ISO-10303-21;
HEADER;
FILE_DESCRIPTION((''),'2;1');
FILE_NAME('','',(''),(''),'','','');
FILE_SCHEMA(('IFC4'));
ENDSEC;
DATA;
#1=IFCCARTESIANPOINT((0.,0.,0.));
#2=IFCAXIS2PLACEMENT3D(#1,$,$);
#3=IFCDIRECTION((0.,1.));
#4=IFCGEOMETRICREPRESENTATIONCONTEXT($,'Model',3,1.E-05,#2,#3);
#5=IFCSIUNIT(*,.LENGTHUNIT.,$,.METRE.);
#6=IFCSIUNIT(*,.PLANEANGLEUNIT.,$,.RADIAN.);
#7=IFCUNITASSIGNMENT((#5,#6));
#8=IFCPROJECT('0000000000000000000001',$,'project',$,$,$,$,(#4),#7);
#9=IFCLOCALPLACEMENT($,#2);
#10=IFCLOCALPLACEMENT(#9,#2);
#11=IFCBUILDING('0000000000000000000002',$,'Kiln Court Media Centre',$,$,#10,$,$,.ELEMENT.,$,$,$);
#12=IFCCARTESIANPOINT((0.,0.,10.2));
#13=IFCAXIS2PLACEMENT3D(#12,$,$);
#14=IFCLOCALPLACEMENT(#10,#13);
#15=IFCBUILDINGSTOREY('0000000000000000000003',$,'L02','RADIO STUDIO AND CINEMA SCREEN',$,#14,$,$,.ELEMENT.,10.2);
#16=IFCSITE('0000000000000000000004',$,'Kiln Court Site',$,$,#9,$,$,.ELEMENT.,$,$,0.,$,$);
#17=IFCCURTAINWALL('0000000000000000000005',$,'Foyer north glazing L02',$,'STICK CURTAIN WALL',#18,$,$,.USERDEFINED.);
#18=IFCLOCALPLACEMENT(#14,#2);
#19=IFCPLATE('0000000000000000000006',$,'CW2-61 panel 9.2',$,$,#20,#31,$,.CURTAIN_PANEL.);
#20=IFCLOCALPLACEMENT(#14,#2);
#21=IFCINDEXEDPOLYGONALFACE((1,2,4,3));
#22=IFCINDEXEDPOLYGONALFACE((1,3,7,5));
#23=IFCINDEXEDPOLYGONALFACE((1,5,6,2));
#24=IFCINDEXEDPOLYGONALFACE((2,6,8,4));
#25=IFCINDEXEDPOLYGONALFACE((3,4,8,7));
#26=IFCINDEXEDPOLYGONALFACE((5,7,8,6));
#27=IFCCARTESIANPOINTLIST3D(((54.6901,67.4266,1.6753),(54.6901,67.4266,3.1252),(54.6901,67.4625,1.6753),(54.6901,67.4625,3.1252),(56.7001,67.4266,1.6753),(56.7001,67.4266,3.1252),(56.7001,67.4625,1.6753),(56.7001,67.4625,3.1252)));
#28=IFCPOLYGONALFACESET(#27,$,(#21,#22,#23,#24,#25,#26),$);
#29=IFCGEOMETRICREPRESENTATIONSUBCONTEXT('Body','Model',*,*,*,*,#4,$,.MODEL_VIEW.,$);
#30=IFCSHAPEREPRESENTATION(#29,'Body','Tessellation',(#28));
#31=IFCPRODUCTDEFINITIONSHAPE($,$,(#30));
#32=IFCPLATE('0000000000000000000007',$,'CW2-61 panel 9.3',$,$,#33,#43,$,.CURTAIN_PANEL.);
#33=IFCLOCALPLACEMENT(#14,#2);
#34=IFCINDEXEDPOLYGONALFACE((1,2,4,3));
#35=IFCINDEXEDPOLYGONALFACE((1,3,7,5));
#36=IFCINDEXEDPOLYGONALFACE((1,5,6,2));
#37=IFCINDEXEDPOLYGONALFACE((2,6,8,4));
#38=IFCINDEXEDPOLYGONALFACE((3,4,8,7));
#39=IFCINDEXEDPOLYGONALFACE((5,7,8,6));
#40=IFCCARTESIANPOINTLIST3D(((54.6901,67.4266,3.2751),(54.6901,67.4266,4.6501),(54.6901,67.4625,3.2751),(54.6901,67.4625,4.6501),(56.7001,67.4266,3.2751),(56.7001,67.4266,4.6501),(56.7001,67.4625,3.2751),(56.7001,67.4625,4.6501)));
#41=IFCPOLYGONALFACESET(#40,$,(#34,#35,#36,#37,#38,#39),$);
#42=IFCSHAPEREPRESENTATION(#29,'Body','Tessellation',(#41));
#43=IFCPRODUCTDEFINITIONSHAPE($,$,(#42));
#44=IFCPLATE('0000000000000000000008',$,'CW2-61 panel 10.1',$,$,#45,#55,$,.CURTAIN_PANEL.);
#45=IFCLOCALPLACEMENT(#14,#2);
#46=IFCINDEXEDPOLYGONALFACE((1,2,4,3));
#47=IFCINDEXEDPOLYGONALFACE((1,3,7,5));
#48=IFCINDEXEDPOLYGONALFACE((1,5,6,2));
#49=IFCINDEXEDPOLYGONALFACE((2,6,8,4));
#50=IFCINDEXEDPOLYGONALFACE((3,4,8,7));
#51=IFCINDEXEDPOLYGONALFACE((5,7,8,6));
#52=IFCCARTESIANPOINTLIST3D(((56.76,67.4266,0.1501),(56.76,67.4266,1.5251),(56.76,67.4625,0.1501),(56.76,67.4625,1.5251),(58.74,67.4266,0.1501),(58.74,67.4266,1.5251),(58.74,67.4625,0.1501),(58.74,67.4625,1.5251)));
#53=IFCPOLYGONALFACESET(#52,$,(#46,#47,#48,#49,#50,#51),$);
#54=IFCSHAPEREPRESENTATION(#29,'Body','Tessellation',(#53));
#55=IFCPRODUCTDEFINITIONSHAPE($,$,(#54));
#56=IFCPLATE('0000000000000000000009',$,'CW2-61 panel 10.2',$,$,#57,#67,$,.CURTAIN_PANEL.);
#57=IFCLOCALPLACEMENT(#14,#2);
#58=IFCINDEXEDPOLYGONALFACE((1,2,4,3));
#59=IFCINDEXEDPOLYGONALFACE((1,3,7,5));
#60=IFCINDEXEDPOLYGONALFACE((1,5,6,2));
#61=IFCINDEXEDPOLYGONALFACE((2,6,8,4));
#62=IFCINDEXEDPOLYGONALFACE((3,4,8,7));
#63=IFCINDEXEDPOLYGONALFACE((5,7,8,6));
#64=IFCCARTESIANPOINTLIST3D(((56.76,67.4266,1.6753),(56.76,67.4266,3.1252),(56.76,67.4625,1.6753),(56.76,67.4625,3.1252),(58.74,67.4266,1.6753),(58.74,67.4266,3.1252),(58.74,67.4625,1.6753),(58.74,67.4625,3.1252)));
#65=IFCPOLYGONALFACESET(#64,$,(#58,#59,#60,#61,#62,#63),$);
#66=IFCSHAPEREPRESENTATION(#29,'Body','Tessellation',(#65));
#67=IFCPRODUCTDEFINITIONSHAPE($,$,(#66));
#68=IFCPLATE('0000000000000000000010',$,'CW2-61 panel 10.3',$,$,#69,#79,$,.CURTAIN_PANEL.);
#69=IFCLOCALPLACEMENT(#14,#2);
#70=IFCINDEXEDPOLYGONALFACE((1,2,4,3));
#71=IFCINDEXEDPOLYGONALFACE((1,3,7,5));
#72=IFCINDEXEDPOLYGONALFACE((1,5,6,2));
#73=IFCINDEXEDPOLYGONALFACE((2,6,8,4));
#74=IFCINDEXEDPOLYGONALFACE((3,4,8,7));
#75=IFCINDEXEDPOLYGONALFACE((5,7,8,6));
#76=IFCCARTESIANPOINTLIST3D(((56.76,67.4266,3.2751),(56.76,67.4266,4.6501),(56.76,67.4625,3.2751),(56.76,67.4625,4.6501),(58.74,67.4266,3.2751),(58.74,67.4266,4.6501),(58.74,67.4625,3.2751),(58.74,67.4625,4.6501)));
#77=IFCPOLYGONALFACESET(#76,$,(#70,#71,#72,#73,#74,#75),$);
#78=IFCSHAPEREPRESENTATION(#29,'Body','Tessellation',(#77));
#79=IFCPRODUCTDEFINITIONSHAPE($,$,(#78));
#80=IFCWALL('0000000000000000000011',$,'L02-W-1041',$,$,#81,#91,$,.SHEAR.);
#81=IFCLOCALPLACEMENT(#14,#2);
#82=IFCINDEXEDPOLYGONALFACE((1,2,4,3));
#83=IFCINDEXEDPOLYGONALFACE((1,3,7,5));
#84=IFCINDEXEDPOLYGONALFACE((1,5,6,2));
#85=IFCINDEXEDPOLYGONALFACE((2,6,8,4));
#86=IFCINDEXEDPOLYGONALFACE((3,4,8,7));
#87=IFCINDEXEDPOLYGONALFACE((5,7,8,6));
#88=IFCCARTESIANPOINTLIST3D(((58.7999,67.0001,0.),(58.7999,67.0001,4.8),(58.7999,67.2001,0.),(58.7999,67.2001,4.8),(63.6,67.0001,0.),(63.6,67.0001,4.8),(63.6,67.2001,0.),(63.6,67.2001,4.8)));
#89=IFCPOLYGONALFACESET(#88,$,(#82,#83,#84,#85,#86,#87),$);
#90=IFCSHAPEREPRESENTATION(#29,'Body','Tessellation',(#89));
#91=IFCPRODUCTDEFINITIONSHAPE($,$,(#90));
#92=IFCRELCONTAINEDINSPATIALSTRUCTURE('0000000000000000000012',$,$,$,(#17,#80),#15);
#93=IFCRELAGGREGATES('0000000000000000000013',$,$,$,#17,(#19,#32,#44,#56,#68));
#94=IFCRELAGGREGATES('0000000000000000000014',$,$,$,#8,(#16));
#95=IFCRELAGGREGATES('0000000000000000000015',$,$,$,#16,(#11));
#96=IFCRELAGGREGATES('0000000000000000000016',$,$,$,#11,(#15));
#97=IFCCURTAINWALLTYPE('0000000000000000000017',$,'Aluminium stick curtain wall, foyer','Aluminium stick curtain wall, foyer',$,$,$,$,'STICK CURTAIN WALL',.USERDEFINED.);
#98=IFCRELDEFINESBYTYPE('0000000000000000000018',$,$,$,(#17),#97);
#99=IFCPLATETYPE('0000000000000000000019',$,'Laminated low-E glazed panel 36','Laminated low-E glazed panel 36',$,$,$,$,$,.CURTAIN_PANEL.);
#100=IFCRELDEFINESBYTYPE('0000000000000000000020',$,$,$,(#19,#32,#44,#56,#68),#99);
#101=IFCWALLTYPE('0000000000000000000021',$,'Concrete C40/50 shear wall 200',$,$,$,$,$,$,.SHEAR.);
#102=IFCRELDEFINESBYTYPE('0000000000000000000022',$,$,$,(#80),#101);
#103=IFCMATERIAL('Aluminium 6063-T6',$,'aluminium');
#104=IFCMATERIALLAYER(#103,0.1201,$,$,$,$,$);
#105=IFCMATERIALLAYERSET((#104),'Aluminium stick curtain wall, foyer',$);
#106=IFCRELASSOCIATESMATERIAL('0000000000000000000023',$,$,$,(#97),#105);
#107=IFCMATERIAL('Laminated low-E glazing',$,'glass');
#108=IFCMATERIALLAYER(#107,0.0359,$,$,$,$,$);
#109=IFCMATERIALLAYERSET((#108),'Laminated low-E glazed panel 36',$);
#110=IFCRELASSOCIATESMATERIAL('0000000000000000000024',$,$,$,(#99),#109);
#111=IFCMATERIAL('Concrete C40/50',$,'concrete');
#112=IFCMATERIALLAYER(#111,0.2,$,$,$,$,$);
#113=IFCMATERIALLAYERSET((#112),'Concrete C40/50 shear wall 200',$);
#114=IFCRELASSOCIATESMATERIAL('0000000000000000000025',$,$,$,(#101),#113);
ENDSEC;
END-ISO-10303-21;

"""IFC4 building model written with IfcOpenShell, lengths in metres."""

from ifc_helpers import new_model, si_unit, direction, frame, frame_2d, origin, origin_2d, place, context, subcontext, project, spatial, rectangle, extrude, material, layer, layer_set, type_object, element, aggregate, save


model = new_model("IFC4")

# Units and contexts
model_context = context("Model", 3, precision=1e-05, world=origin(), true_north=direction((0.0, 1.0)))
body_context = subcontext(model_context, "Body", "Model", "MODEL_VIEW")
ifc_project = project(units=[si_unit("LENGTHUNIT", "METRE"), si_unit("PLANEANGLEUNIT", "RADIAN")], contexts=[model_context])

# Site, building, storey
site_placement = place(None, origin())
site = spatial("IfcSite", under=ifc_project, at=site_placement, Name="Kiln Court Site", CompositionType="ELEMENT", RefElevation=0.0)
building_placement = place(site_placement, origin())
building = spatial("IfcBuilding", under=site, at=building_placement, Name="Kiln Court Media Centre", CompositionType="ELEMENT")
storey_placement = place(building_placement, frame((0.0, 0.0, 10.2)))
storey = spatial("IfcBuildingStorey", under=building, at=storey_placement, Name="L02", Description="RADIO STUDIO AND CINEMA SCREEN", CompositionType="ELEMENT", Elevation=10.2)

# Curtain wall
ifc_material_1 = material(Name="Aluminium 6063-T6", Category="aluminium")
ifc_layer_1 = layer(ifc_material_1, 0.1201)
ifc_layer_set_1 = layer_set([ifc_layer_1], Name="Aluminium stick curtain wall, foyer")
curtain_wall_type = type_object("IfcCurtainWallType", Name="Aluminium stick curtain wall, foyer", Description="Aluminium stick curtain wall, foyer", ElementType="STICK CURTAIN WALL", PredefinedType="USERDEFINED", material=ifc_layer_set_1)
curtain_wall_placement = place(storey_placement, origin())
curtain_wall = element("IfcCurtainWall", 1, at=curtain_wall_placement, inside=storey, type_object=curtain_wall_type, Name="Foyer north glazing L02", ObjectType="STICK CURTAIN WALL", PredefinedType="USERDEFINED")

# Plates
ifc_material_2 = material(Name="Laminated low-E glazing", Category="glass")
ifc_layer_2 = layer(ifc_material_2, 0.0359)
ifc_layer_set_2 = layer_set([ifc_layer_2], Name="Laminated low-E glazed panel 36")
plate_type_1 = type_object("IfcPlateType", Name="Laminated low-E glazed panel 36", Description="Laminated low-E glazed panel 36", PredefinedType="CURTAIN_PANEL", material=ifc_layer_set_2)
plate_1_placement = place(storey_placement, frame((55.6951, 67.4446, 1.6753), z_axis=(0.0, 0.0, 1.0), x_axis=(1.0, 0.0, 0.0)))
plate_1 = element("IfcPlate", 2, at=plate_1_placement, type_object=plate_type_1, Name="CW2-61 panel 9.2", PredefinedType="CURTAIN_PANEL", context=body_context, shape_type="SweptSolid", body=[
    extrude(rectangle(XDim=2.01, YDim=0.0359, at=origin_2d()), origin(), (0.0, 0.0, 1.0), 1.45),
])
plate_2_placement = place(storey_placement, frame((55.6951, 67.4446, 3.2751), z_axis=(0.0, 0.0, 1.0), x_axis=(1.0, 0.0, 0.0)))
plate_2 = element("IfcPlate", 3, at=plate_2_placement, type_object=plate_type_1, Name="CW2-61 panel 9.3", PredefinedType="CURTAIN_PANEL", context=body_context, shape_type="SweptSolid", body=[
    extrude(rectangle(XDim=2.01, YDim=0.0359, at=origin_2d()), origin(), (0.0, 0.0, 1.0), 1.375),
])
plate_3_placement = place(storey_placement, frame((57.75, 67.4446, 0.1501), z_axis=(0.0, 0.0, 1.0), x_axis=(1.0, 0.0, 0.0)))
plate_3 = element("IfcPlate", 4, at=plate_3_placement, type_object=plate_type_1, Name="CW2-61 panel 10.1", PredefinedType="CURTAIN_PANEL", context=body_context, shape_type="SweptSolid", body=[
    extrude(rectangle(XDim=1.98, YDim=0.0359, at=origin_2d()), origin(), (0.0, 0.0, 1.0), 1.375),
])
plate_4_placement = place(storey_placement, frame((57.75, 67.4446, 1.6753), z_axis=(0.0, 0.0, 1.0), x_axis=(1.0, 0.0, 0.0)))
plate_4 = element("IfcPlate", 5, at=plate_4_placement, type_object=plate_type_1, Name="CW2-61 panel 10.2", PredefinedType="CURTAIN_PANEL", context=body_context, shape_type="SweptSolid", body=[
    extrude(rectangle(XDim=1.98, YDim=0.0359, at=origin_2d()), origin(), (0.0, 0.0, 1.0), 1.45),
])
plate_5_placement = place(storey_placement, frame((57.75, 67.4446, 3.2751), z_axis=(0.0, 0.0, 1.0), x_axis=(1.0, 0.0, 0.0)))
plate_5 = element("IfcPlate", 6, at=plate_5_placement, type_object=plate_type_1, Name="CW2-61 panel 10.3", PredefinedType="CURTAIN_PANEL", context=body_context, shape_type="SweptSolid", body=[
    extrude(rectangle(XDim=1.98, YDim=0.0359, at=origin_2d()), origin(), (0.0, 0.0, 1.0), 1.375),
])
aggregate(curtain_wall, [plate_1, plate_2, plate_3, plate_4, plate_5])

# Wall
ifc_material_3 = material(Name="Concrete C40/50", Category="concrete")
ifc_layer_3 = layer(ifc_material_3, 0.2)
ifc_layer_set_3 = layer_set([ifc_layer_3], Name="Concrete C40/50 shear wall 200")
wall_type = type_object("IfcWallType", Name="Concrete C40/50 shear wall 200", PredefinedType="SHEAR", material=ifc_layer_set_3)
wall_placement = place(storey_placement, frame((58.8, 67.1001, 0.0), z_axis=(0.0, 0.0, 1.0), x_axis=(1.0, 0.0, 0.0)))
element("IfcWall", 7, at=wall_placement, inside=storey, type_object=wall_type, Name="L02-W-1041", PredefinedType="SHEAR", context=body_context, shape_type="SweptSolid", body=[
    extrude(rectangle(XDim=4.8, YDim=0.2, at=frame_2d((2.3999, 0.0))), origin(), (0.0, 0.0, 1.0), 4.8),
])

save(model, "model.ifc")
